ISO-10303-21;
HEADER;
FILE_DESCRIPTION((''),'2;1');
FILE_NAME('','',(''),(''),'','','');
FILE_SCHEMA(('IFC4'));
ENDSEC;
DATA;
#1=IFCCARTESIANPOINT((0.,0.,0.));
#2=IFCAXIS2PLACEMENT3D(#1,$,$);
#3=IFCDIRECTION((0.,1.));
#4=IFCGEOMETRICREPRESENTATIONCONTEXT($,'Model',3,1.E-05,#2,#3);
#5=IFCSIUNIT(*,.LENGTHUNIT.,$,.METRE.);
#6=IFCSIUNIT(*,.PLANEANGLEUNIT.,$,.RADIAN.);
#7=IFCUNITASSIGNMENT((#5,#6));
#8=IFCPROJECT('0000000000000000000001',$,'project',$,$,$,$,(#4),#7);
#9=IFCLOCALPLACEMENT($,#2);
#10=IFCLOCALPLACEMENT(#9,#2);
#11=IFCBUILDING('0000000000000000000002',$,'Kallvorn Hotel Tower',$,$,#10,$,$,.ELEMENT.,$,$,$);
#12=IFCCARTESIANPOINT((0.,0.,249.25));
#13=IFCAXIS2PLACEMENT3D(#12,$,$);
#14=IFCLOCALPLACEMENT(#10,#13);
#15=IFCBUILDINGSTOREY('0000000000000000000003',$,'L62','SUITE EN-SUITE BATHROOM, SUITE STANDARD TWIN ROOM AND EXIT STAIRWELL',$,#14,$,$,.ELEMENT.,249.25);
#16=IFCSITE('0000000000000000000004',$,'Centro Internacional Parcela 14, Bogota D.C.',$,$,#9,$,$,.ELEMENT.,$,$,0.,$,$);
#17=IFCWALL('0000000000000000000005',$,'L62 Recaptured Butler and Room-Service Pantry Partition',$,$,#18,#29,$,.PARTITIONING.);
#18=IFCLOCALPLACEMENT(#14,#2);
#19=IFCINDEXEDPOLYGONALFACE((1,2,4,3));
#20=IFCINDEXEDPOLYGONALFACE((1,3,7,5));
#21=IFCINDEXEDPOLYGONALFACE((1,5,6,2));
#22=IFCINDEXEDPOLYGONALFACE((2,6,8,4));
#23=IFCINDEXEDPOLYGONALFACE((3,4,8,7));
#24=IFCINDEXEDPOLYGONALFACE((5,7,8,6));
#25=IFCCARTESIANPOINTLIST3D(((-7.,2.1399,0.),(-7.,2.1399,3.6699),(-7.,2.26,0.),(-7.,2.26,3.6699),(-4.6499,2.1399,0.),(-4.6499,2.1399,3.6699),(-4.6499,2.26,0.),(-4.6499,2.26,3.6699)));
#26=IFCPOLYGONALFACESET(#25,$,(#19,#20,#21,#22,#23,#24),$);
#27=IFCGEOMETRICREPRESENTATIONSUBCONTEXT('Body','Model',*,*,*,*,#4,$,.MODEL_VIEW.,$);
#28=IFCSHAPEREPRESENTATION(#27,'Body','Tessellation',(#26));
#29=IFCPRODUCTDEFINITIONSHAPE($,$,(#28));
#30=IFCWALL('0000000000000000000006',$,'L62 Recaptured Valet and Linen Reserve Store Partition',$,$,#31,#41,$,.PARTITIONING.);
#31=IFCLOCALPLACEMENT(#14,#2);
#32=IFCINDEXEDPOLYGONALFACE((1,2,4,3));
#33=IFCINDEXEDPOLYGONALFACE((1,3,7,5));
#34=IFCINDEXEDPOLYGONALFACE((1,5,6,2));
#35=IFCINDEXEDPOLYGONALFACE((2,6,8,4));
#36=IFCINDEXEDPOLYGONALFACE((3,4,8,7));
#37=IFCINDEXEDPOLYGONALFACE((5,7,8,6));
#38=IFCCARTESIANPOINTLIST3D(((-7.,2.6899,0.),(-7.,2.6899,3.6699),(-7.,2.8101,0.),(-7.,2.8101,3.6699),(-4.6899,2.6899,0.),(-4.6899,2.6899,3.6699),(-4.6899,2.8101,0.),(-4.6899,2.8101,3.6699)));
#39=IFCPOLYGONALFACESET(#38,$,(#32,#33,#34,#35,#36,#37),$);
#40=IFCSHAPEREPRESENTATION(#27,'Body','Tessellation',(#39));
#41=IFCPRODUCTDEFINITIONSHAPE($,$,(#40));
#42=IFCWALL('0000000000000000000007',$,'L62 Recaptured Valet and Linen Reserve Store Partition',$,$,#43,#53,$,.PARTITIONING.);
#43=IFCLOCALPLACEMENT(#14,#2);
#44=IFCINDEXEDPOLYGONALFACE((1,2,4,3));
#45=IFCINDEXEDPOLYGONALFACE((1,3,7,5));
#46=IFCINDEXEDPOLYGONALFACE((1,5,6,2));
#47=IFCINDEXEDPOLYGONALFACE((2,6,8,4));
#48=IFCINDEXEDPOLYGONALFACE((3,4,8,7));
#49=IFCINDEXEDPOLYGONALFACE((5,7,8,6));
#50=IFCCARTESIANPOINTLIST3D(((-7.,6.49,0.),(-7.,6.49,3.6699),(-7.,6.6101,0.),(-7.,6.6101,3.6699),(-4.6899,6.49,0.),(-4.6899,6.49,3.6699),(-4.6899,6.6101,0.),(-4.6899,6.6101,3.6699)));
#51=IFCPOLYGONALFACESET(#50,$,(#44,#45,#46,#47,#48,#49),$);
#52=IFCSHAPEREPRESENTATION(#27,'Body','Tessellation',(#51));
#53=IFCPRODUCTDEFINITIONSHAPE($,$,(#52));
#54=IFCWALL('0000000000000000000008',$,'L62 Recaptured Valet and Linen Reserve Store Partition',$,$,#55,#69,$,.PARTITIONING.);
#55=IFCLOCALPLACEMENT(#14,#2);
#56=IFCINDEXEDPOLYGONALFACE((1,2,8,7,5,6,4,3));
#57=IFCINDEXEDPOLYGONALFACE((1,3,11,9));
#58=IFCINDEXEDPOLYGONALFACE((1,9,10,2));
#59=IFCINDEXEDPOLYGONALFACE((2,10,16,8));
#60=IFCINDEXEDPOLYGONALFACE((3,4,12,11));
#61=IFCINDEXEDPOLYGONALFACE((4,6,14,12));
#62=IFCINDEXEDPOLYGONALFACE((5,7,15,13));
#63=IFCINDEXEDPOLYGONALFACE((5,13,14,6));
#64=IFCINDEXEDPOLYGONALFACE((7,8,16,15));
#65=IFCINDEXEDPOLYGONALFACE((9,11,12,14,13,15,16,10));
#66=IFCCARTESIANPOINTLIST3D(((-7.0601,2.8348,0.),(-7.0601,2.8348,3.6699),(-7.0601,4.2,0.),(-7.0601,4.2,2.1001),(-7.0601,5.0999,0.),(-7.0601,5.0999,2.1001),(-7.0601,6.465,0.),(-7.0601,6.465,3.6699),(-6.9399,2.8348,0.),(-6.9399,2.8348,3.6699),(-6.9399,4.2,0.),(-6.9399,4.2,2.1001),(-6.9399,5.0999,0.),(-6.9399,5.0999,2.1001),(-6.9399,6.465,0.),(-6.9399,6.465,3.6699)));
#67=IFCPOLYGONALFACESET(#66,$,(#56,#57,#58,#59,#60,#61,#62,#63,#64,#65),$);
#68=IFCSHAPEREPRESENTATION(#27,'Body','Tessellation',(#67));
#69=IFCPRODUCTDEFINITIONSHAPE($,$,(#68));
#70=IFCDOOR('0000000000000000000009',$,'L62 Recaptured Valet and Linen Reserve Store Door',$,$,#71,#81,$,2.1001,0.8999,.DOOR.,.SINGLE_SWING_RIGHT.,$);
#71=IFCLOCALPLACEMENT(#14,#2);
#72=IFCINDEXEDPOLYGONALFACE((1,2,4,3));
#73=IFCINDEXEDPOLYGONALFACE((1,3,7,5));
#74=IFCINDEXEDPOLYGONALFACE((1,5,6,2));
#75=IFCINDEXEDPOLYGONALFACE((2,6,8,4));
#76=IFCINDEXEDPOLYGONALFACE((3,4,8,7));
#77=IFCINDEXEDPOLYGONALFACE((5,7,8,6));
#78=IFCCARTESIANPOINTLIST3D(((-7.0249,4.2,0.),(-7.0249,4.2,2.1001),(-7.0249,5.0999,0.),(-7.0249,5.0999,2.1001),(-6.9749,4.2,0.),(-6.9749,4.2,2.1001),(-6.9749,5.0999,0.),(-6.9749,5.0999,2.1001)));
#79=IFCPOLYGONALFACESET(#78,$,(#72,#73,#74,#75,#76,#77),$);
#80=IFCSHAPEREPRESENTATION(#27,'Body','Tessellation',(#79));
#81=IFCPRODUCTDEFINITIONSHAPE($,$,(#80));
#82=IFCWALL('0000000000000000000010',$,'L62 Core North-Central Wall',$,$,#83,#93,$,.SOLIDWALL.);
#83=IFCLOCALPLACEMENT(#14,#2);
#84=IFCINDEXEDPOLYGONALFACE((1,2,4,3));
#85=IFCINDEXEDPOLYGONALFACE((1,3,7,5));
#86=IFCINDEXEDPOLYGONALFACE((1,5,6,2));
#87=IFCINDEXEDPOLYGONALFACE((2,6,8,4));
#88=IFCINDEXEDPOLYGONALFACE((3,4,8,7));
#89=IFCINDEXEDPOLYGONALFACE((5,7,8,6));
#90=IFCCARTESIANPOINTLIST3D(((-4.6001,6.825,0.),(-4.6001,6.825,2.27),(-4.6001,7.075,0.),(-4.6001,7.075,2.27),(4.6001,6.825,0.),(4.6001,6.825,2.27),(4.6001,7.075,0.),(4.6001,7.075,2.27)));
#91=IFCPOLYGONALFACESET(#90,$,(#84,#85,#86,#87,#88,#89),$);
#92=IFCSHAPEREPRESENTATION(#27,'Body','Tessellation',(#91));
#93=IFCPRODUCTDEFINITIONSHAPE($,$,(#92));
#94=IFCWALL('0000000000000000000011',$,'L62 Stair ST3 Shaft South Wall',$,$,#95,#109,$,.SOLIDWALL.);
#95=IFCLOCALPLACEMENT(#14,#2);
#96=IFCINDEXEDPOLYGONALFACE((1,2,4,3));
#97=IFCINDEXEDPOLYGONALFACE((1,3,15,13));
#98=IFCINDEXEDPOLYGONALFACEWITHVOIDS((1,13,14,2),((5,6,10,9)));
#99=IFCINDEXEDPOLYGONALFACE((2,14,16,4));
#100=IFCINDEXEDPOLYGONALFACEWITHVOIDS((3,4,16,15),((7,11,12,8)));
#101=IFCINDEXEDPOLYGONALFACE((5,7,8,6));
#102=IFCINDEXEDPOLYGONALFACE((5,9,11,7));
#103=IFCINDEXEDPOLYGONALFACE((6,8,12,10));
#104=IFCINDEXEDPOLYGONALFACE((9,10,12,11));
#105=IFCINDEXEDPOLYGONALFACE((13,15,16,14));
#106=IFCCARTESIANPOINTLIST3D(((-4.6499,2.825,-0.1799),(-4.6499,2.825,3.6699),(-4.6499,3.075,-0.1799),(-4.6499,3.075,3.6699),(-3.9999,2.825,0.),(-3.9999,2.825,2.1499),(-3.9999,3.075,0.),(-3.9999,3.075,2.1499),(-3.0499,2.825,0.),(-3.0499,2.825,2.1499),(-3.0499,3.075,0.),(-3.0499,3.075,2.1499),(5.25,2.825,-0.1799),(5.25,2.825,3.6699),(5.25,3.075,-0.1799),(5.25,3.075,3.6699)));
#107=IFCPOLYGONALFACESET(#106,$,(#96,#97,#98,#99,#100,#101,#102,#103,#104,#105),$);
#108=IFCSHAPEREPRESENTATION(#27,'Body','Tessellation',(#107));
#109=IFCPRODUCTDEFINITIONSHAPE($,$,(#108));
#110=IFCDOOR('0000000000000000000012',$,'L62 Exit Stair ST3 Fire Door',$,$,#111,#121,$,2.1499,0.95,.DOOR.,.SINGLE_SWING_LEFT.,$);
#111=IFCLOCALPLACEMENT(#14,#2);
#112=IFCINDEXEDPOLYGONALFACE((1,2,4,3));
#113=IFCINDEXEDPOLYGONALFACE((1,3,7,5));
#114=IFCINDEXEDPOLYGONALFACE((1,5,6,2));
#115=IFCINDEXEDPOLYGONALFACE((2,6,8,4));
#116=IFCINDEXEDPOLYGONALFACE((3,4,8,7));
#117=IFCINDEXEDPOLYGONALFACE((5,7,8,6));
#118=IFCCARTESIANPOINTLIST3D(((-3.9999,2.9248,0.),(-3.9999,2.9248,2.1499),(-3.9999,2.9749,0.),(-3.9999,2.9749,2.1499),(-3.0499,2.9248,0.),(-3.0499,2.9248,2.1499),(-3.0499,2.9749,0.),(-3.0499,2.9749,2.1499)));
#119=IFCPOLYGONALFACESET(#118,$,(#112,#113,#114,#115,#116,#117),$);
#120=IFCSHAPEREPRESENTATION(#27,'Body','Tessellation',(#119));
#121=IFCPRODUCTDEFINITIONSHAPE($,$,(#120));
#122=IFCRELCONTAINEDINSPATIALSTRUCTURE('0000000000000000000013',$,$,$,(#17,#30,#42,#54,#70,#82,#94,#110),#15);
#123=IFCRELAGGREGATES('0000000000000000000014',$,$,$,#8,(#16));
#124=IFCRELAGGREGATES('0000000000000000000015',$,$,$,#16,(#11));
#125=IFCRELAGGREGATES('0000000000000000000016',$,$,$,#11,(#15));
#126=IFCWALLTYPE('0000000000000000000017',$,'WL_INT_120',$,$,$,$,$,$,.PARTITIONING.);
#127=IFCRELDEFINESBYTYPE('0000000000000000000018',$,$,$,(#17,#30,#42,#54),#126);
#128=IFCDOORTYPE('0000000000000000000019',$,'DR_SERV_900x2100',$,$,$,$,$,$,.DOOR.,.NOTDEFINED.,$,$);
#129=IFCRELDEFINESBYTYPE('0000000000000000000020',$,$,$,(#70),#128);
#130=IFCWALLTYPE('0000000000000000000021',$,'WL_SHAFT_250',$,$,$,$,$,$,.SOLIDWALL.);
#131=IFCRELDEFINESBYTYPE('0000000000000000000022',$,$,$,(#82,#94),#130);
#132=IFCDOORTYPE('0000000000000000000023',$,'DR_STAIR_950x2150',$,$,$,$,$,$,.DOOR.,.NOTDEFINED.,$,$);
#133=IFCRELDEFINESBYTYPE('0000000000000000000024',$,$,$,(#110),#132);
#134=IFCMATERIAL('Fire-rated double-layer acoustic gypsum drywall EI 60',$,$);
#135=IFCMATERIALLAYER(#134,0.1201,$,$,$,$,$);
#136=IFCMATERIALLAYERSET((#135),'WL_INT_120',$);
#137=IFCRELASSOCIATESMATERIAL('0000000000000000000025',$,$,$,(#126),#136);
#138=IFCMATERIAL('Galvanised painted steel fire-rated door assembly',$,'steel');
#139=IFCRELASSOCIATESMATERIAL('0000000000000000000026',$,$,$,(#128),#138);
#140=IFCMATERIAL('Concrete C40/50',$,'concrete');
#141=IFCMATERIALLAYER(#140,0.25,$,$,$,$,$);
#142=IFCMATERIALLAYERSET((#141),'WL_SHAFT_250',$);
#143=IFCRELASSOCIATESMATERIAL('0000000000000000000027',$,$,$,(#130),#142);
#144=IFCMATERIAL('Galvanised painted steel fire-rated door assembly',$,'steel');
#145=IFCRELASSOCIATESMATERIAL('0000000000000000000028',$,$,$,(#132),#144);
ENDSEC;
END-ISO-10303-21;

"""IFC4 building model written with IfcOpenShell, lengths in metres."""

from ifc_helpers import new_model, si_unit, direction, frame, frame_2d, origin, place, context, subcontext, project, spatial, rectangle, extrude, material, layer, layer_set, type_object, element, fill, save


model = new_model("IFC4")

# Units and contexts
model_context = context("Model", 3, precision=1e-05, world=origin(), true_north=direction((0.0, 1.0)))
body_context = subcontext(model_context, "Body", "Model", "MODEL_VIEW")
ifc_project = project(units=[si_unit("LENGTHUNIT", "METRE"), si_unit("PLANEANGLEUNIT", "RADIAN")], contexts=[model_context])

# Site, building, storey
site_placement = place(None, origin())
site = spatial("IfcSite", under=ifc_project, at=site_placement, Name="Centro Internacional Parcela 14, Bogota D.C.", CompositionType="ELEMENT", RefElevation=0.0)
building_placement = place(site_placement, origin())
building = spatial("IfcBuilding", under=site, at=building_placement, Name="Kallvorn Hotel Tower", CompositionType="ELEMENT")
storey_placement = place(building_placement, frame((0.0, 0.0, 249.25)))
storey = spatial("IfcBuildingStorey", under=building, at=storey_placement, Name="L62", Description="SUITE EN-SUITE BATHROOM, SUITE STANDARD TWIN ROOM AND EXIT STAIRWELL", CompositionType="ELEMENT", Elevation=249.25)

# Walls
ifc_material_1 = material(Name="Fire-rated double-layer acoustic gypsum drywall EI 60")
ifc_layer_1 = layer(ifc_material_1, 0.1201)
ifc_layer_set_1 = layer_set([ifc_layer_1], Name="WL_INT_120")
wall_type_1 = type_object("IfcWallType", Name="WL_INT_120", PredefinedType="PARTITIONING", material=ifc_layer_set_1)
wall_1_placement = place(storey_placement, frame((-7.0, 2.2, 0.0), z_axis=(0.0, 0.0, 1.0), x_axis=(1.0, 0.0, 0.0)))
element("IfcWall", 1, at=wall_1_placement, inside=storey, type_object=wall_type_1, Name="L62 Recaptured Butler and Room-Service Pantry Partition", PredefinedType="PARTITIONING", context=body_context, shape_type="SweptSolid", body=[
    extrude(rectangle(XDim=2.3501, YDim=0.1201, at=frame_2d((1.175, 0.0))), origin(), (0.0, 0.0, 1.0), 3.6699),
])
for number, where, z_axis, x_axis, name in (
    (2, (-7.0, 2.75, 0.0), (0.0, 0.0, 1.0), (1.0, 0.0, 0.0), "L62 Recaptured Valet and Linen Reserve Store Partition"),
    (3, (-7.0, 6.55, 0.0), (0.0, 0.0, 1.0), (1.0, 0.0, 0.0), "L62 Recaptured Valet and Linen Reserve Store Partition"),
):
    element("IfcWall", number, at=place(storey_placement, frame(where, z_axis=z_axis, x_axis=x_axis)), inside=storey, type_object=wall_type_1, Name=name, PredefinedType="PARTITIONING", context=body_context, shape_type="SweptSolid", body=[
        extrude(rectangle(XDim=2.3101, YDim=0.1201, at=frame_2d((1.155, 0.0))), origin(), (0.0, 0.0, 1.0), 3.6699),
    ])

# Wall, opening, door
wall_2_placement = place(storey_placement, frame((-7.0, 2.835, 0.0), z_axis=(0.0, 0.0, 1.0), x_axis=(0.0, 1.0, 0.0)))
wall_2 = element("IfcWall", 4, at=wall_2_placement, inside=storey, type_object=wall_type_1, Name="L62 Recaptured Valet and Linen Reserve Store Partition", PredefinedType="PARTITIONING", context=body_context, shape_type="SweptSolid", body=[
    extrude(rectangle(XDim=3.6301, YDim=0.1201, at=frame_2d((1.8149, 0.0))), origin(), (0.0, 0.0, 1.0), 3.6699),
])
opening_1_placement = place(wall_2_placement, frame((1.365, 0.0, 0.0)))
opening_1 = element("IfcOpeningElement", 5, at=opening_1_placement, cuts=wall_2, PredefinedType="OPENING", context=body_context, shape_type="SweptSolid", body=[
    extrude(rectangle(XDim=0.8999, YDim=2.1001, at=frame_2d((0.45, 1.05))), frame((0.0, 0.075, 0.0), z_axis=(0.0, -1.0, 0.0), x_axis=(1.0, 0.0, 0.0)), (0.0, 0.0, 1.0), 0.1501),
])
ifc_material_2 = material(Name="Galvanised painted steel fire-rated door assembly", Category="steel")
door_type_1 = type_object("IfcDoorType", Name="DR_SERV_900x2100", OperationType="NOTDEFINED", PredefinedType="DOOR", material=ifc_material_2)
door_1_placement = place(opening_1_placement, origin())
door_1 = element("IfcDoor", 6, at=door_1_placement, inside=storey, type_object=door_type_1, Name="L62 Recaptured Valet and Linen Reserve Store Door", OperationType="SINGLE_SWING_RIGHT", OverallHeight=2.1001, OverallWidth=0.8999, PredefinedType="DOOR", context=body_context, shape_type="SweptSolid", body=[
    extrude(rectangle(XDim=0.8999, YDim=2.1001, at=frame_2d((0.45, 1.05))), frame((0.0, 0.0249, 0.0), z_axis=(0.0, -1.0, 0.0), x_axis=(1.0, 0.0, 0.0)), (0.0, 0.0, 1.0), 0.05),
])
fill(opening_1, door_1)

# Wall
ifc_material_3 = material(Name="Concrete C40/50", Category="concrete")
ifc_layer_2 = layer(ifc_material_3, 0.25)
ifc_layer_set_2 = layer_set([ifc_layer_2], Name="WL_SHAFT_250")
wall_type_2 = type_object("IfcWallType", Name="WL_SHAFT_250", PredefinedType="SOLIDWALL", material=ifc_layer_set_2)
wall_3_placement = place(storey_placement, frame((-4.6001, 6.95, 0.0), z_axis=(0.0, 0.0, 1.0), x_axis=(1.0, 0.0, 0.0)))
element("IfcWall", 7, at=wall_3_placement, inside=storey, type_object=wall_type_2, Name="L62 Core North-Central Wall", PredefinedType="SOLIDWALL", context=body_context, shape_type="SweptSolid", body=[
    extrude(rectangle(XDim=9.2002, YDim=0.25, at=frame_2d((4.6001, 0.0))), origin(), (0.0, 0.0, 1.0), 2.27),
])

# Wall, opening, door
wall_4_placement = place(storey_placement, frame((-4.6499, 2.95, -0.1799), z_axis=(0.0, 0.0, 1.0), x_axis=(1.0, 0.0, 0.0)))
wall_4 = element("IfcWall", 8, at=wall_4_placement, inside=storey, type_object=wall_type_2, Name="L62 Stair ST3 Shaft South Wall", PredefinedType="SOLIDWALL", context=body_context, shape_type="SweptSolid", body=[
    extrude(rectangle(XDim=9.8999, YDim=0.25, at=frame_2d((4.95, 0.0))), origin(), (0.0, 0.0, 1.0), 3.8499),
])
opening_2_placement = place(wall_4_placement, frame((0.6499, 0.0, 0.1799)))
opening_2 = element("IfcOpeningElement", 9, at=opening_2_placement, cuts=wall_4, PredefinedType="OPENING", context=body_context, shape_type="SweptSolid", body=[
    extrude(rectangle(XDim=0.95, YDim=2.1499, at=frame_2d((0.4751, 1.075))), frame((0.0, 0.1399, 0.0), z_axis=(0.0, -1.0, 0.0), x_axis=(1.0, 0.0, 0.0)), (0.0, 0.0, 1.0), 0.28),
])
ifc_material_4 = material(Name="Galvanised painted steel fire-rated door assembly", Category="steel")
door_type_2 = type_object("IfcDoorType", Name="DR_STAIR_950x2150", OperationType="NOTDEFINED", PredefinedType="DOOR", material=ifc_material_4)
door_2_placement = place(opening_2_placement, origin())
door_2 = element("IfcDoor", 10, at=door_2_placement, inside=storey, type_object=door_type_2, Name="L62 Exit Stair ST3 Fire Door", OperationType="SINGLE_SWING_LEFT", OverallHeight=2.1499, OverallWidth=0.95, PredefinedType="DOOR", context=body_context, shape_type="SweptSolid", body=[
    extrude(rectangle(XDim=0.95, YDim=2.1499, at=frame_2d((0.4751, 1.075))), frame((0.0, 0.0249, 0.0), z_axis=(0.0, -1.0, 0.0), x_axis=(1.0, 0.0, 0.0)), (0.0, 0.0, 1.0), 0.05),
])
fill(opening_2, door_2)

save(model, "model.ifc")
